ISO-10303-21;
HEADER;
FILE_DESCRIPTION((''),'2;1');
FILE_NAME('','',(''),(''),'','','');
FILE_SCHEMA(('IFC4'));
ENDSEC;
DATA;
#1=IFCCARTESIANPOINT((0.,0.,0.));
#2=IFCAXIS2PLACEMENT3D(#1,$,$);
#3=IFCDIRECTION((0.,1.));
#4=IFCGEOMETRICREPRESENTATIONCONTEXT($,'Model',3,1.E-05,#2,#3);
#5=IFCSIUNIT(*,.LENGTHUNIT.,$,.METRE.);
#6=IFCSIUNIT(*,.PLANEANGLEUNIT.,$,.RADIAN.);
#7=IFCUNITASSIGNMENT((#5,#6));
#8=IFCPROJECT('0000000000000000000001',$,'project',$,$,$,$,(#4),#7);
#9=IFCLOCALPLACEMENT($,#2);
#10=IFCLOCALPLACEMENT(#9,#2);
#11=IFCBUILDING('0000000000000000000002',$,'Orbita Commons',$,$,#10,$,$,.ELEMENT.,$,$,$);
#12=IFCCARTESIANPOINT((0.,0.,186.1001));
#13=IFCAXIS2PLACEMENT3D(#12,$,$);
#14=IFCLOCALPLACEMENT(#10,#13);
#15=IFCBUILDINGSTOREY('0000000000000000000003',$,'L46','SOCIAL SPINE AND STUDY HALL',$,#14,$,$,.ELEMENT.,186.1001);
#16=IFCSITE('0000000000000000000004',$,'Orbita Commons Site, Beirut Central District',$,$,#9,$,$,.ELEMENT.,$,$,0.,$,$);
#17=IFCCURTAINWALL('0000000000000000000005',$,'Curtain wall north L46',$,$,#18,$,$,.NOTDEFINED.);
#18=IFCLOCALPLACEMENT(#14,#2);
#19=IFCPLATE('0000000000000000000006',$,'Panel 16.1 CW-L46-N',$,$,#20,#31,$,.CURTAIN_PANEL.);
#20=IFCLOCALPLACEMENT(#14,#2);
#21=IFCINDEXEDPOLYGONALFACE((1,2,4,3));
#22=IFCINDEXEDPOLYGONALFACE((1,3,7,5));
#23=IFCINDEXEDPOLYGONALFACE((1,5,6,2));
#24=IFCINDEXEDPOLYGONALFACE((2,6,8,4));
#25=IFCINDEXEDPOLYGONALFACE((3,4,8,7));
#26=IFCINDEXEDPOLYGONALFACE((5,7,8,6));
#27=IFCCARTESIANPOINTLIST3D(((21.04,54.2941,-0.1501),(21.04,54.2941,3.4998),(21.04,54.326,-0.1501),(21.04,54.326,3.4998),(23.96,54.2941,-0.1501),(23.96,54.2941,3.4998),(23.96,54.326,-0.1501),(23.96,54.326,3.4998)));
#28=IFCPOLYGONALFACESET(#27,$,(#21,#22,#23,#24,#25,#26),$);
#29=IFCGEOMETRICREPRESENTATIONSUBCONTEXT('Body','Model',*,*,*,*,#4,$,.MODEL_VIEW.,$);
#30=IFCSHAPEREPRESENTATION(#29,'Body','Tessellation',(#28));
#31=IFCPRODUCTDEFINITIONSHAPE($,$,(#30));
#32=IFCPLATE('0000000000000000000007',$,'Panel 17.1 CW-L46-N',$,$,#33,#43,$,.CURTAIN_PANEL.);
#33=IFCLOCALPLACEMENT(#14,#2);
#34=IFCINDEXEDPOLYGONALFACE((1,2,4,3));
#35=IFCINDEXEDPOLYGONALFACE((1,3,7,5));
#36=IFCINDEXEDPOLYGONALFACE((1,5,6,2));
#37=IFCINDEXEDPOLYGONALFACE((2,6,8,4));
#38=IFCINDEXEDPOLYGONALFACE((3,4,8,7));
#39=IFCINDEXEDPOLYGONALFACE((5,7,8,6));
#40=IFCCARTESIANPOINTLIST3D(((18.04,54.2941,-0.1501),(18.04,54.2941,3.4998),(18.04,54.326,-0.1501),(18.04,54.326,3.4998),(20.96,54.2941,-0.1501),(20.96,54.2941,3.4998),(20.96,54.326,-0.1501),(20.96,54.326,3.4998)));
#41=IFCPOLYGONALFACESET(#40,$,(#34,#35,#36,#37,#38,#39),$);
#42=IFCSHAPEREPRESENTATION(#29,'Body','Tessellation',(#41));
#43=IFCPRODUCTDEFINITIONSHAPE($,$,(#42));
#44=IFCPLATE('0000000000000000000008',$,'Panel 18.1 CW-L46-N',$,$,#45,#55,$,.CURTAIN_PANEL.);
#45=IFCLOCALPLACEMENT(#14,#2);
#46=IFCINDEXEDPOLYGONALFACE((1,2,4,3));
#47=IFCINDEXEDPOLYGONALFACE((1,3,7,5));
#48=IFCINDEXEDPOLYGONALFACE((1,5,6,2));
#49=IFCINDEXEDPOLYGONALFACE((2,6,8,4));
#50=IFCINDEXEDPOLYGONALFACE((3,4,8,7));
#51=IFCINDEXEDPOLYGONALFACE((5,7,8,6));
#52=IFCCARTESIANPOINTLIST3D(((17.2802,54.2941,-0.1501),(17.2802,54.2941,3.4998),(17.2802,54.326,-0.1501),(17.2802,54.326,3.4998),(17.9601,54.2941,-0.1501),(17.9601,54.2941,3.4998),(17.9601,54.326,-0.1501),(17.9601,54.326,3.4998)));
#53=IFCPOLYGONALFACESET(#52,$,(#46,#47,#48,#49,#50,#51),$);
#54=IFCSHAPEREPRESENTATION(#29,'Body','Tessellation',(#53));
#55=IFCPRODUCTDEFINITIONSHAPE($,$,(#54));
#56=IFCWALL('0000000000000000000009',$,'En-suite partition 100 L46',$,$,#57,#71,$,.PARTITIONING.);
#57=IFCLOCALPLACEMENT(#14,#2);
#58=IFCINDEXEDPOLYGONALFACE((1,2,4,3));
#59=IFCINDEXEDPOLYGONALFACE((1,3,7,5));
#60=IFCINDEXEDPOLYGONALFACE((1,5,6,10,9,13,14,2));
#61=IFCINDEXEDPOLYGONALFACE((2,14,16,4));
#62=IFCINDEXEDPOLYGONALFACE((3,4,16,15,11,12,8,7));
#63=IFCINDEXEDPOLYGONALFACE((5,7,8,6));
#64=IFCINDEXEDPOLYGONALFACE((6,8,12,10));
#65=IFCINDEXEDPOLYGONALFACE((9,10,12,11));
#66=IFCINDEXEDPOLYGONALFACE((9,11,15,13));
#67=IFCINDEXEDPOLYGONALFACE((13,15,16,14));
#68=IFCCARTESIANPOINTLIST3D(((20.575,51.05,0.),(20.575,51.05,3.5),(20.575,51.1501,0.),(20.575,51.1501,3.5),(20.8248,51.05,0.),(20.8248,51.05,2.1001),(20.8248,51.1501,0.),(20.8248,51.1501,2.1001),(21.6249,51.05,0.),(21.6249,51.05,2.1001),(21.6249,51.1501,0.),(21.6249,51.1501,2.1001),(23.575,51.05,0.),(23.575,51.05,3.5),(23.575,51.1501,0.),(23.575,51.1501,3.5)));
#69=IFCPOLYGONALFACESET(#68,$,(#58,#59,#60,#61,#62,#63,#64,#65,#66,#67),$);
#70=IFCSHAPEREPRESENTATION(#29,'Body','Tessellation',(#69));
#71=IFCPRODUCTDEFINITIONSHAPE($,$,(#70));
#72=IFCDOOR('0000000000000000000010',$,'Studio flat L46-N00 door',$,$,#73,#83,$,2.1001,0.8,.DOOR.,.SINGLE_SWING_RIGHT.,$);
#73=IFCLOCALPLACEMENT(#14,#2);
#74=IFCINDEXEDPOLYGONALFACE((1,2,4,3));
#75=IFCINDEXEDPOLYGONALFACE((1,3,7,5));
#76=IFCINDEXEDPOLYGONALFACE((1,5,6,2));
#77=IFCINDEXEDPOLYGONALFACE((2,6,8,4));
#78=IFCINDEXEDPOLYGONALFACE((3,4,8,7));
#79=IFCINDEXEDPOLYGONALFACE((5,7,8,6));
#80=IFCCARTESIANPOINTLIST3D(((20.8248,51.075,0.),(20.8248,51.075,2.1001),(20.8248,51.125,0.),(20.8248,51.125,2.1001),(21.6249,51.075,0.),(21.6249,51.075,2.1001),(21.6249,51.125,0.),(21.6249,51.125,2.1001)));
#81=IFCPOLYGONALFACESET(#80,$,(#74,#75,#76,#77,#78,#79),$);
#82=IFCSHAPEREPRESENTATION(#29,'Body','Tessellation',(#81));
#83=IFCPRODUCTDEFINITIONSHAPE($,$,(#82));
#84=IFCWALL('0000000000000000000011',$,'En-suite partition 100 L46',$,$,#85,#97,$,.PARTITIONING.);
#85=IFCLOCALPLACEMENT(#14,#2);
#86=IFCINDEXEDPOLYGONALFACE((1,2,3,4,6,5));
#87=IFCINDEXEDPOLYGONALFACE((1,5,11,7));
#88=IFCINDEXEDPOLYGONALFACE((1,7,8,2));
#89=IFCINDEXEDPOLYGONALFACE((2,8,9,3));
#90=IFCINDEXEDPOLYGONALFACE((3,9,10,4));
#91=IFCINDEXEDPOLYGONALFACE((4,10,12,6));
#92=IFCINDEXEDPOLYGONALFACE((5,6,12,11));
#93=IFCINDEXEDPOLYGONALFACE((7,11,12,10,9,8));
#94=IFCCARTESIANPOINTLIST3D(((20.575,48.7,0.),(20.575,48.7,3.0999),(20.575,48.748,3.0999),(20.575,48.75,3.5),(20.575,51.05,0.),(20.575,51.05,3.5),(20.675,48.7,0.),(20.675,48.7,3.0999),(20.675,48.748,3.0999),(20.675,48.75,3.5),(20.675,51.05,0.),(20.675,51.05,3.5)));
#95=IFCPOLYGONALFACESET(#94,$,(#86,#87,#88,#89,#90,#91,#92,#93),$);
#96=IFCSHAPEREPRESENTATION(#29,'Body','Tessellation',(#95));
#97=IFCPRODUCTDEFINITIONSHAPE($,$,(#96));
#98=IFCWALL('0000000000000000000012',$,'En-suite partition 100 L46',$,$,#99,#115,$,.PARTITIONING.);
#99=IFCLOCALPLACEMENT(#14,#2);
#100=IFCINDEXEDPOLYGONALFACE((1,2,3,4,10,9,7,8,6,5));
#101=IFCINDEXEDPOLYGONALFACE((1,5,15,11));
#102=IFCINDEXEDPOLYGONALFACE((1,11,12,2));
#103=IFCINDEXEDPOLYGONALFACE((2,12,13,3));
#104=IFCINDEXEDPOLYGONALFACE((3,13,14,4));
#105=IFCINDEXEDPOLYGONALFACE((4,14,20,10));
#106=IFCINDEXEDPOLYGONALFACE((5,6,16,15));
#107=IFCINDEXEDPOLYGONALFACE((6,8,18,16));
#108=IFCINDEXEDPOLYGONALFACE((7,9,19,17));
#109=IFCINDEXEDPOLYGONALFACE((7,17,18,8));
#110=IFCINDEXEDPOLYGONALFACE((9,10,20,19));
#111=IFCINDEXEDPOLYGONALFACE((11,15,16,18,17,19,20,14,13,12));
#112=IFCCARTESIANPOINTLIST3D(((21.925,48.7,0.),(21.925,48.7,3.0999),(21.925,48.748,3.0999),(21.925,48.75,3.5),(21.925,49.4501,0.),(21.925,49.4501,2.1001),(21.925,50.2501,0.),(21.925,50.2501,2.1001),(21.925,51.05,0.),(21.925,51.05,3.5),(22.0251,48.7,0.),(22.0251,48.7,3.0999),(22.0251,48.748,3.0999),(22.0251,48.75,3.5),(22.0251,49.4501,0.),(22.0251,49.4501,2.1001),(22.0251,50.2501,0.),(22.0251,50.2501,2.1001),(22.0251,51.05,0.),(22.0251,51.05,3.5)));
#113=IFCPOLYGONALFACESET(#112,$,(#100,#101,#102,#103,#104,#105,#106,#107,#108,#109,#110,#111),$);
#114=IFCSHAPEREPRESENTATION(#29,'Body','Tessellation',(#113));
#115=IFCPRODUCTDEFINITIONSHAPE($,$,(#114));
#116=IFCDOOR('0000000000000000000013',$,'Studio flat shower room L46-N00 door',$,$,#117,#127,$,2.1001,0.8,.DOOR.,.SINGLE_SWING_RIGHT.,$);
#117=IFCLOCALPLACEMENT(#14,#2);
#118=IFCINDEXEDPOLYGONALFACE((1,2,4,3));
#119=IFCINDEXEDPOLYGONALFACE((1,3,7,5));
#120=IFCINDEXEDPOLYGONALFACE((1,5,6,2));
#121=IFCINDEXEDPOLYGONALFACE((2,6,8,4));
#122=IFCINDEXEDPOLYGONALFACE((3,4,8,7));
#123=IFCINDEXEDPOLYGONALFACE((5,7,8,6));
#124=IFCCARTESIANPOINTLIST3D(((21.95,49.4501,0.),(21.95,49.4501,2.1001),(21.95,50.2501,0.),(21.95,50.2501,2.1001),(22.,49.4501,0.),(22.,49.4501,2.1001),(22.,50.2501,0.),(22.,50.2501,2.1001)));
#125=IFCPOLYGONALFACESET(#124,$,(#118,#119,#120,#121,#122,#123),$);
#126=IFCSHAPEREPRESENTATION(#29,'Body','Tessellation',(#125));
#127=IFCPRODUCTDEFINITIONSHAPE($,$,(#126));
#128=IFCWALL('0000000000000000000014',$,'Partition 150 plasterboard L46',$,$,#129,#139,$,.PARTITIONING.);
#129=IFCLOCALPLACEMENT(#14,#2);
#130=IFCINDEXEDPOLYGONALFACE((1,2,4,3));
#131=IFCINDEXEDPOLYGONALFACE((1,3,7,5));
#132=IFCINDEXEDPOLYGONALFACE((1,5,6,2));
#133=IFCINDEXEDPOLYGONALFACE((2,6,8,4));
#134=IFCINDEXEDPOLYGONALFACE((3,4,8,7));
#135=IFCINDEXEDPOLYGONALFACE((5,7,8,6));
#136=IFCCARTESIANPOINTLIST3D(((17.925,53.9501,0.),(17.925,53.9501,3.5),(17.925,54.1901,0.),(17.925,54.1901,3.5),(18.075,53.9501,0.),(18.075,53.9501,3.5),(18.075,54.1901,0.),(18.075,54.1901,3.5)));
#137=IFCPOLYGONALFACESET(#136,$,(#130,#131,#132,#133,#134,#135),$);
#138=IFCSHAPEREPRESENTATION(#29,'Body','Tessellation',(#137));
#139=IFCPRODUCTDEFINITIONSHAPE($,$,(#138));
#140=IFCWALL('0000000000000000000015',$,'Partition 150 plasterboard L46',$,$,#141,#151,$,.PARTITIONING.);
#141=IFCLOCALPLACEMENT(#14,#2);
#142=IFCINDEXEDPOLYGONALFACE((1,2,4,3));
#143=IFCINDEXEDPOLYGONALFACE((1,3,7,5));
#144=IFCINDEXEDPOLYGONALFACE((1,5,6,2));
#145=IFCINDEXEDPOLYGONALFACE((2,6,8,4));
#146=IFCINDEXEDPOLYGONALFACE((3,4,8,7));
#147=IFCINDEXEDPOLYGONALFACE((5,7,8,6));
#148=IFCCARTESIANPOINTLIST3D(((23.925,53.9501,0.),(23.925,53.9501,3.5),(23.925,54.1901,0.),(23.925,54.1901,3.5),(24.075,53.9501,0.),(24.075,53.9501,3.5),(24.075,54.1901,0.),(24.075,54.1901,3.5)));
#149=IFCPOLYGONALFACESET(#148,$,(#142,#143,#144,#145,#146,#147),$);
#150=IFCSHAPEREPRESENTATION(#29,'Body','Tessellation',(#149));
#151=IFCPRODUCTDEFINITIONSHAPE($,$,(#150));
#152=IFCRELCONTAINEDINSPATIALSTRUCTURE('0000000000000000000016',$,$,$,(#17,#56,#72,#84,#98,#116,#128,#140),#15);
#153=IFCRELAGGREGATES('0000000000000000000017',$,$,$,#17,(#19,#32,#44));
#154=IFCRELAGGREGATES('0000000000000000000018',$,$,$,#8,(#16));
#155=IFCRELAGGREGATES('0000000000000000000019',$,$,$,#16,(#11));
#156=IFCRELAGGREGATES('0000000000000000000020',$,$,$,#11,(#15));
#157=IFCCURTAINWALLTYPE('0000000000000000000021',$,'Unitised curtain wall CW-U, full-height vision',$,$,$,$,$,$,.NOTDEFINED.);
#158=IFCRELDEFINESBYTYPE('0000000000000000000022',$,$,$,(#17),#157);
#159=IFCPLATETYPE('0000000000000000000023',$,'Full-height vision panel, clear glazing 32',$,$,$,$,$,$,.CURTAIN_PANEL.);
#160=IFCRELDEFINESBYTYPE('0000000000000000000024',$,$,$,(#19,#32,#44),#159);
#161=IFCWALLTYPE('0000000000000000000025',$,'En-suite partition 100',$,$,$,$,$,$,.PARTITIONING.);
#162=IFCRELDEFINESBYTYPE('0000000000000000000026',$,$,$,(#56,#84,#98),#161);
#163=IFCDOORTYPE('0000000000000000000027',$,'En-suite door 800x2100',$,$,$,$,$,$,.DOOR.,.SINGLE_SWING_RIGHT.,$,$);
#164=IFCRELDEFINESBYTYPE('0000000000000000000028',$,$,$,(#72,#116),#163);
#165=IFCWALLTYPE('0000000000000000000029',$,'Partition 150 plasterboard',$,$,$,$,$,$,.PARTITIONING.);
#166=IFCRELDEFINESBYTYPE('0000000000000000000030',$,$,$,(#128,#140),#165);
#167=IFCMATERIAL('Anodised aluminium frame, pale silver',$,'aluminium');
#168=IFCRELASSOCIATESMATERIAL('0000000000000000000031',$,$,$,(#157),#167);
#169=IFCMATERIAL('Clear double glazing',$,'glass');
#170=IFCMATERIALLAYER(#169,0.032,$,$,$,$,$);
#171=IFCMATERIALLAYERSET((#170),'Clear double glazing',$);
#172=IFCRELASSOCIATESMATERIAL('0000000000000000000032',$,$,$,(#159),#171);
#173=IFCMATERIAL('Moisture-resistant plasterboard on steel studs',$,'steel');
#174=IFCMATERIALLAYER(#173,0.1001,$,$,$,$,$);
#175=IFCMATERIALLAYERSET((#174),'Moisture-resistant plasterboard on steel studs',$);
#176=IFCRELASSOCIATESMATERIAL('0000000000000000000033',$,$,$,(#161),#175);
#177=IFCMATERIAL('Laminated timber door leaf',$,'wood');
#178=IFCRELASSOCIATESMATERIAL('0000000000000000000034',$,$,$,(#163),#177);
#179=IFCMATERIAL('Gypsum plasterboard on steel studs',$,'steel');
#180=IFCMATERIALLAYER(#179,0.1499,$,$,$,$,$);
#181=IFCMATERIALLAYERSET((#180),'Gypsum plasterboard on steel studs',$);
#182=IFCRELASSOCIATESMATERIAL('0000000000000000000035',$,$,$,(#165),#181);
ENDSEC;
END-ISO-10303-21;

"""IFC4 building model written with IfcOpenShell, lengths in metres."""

from ifc_helpers import new_model, si_unit, direction, frame, frame_2d, origin, origin_2d, place, context, subcontext, project, spatial, polyline, rectangle, outline, extrude, material, layer, layer_set, type_object, element, fill, aggregate, save


model = new_model("IFC4")

# Units and contexts
model_context = context("Model", 3, precision=1e-05, world=origin(), true_north=direction((0.0, 1.0)))
body_context = subcontext(model_context, "Body", "Model", "MODEL_VIEW")
ifc_project = project(units=[si_unit("LENGTHUNIT", "METRE"), si_unit("PLANEANGLEUNIT", "RADIAN")], contexts=[model_context])

# Site, building, storey
site_placement = place(None, origin())
site = spatial("IfcSite", under=ifc_project, at=site_placement, Name="Orbita Commons Site, Beirut Central District", CompositionType="ELEMENT", RefElevation=0.0)
building_placement = place(site_placement, origin())
building = spatial("IfcBuilding", under=site, at=building_placement, Name="Orbita Commons", CompositionType="ELEMENT")
storey_placement = place(building_placement, frame((0.0, 0.0, 186.1001)))
storey = spatial("IfcBuildingStorey", under=building, at=storey_placement, Name="L46", Description="SOCIAL SPINE AND STUDY HALL", CompositionType="ELEMENT", Elevation=186.1001)

# Curtain wall
ifc_material_1 = material(Name="Anodised aluminium frame, pale silver", Category="aluminium")
curtain_wall_type = type_object("IfcCurtainWallType", Name="Unitised curtain wall CW-U, full-height vision", PredefinedType="NOTDEFINED", material=ifc_material_1)
curtain_wall_placement = place(storey_placement, origin())
curtain_wall = element("IfcCurtainWall", 1, at=curtain_wall_placement, inside=storey, type_object=curtain_wall_type, Name="Curtain wall north L46", PredefinedType="NOTDEFINED")

# Plates
ifc_material_2 = material(Name="Clear double glazing", Category="glass")
ifc_layer_1 = layer(ifc_material_2, 0.032)
ifc_layer_set_1 = layer_set([ifc_layer_1], Name="Clear double glazing")
plate_type = type_object("IfcPlateType", Name="Full-height vision panel, clear glazing 32", PredefinedType="CURTAIN_PANEL", material=ifc_layer_set_1)
plate_1_placement = place(storey_placement, frame((22.5, 54.3101, -0.1501), z_axis=(0.0, 0.0, 1.0), x_axis=(-1.0, 0.0, 0.0)))
plate_1 = element("IfcPlate", 2, at=plate_1_placement, type_object=plate_type, Name="Panel 16.1 CW-L46-N", PredefinedType="CURTAIN_PANEL", context=body_context, shape_type="SweptSolid", body=[
    extrude(rectangle(XDim=2.9199, YDim=0.032, at=origin_2d()), origin(), (0.0, 0.0, 1.0), 3.6499),
])
plate_2_placement = place(storey_placement, frame((19.5, 54.3101, -0.1501), z_axis=(0.0, 0.0, 1.0), x_axis=(-1.0, 0.0, 0.0)))
plate_2 = element("IfcPlate", 3, at=plate_2_placement, type_object=plate_type, Name="Panel 17.1 CW-L46-N", PredefinedType="CURTAIN_PANEL", context=body_context, shape_type="SweptSolid", body=[
    extrude(rectangle(XDim=2.9199, YDim=0.032, at=origin_2d()), origin(), (0.0, 0.0, 1.0), 3.6499),
])
plate_3_placement = place(storey_placement, frame((17.6201, 54.3101, -0.1501), z_axis=(0.0, 0.0, 1.0), x_axis=(-1.0, 0.0, 0.0)))
plate_3 = element("IfcPlate", 4, at=plate_3_placement, type_object=plate_type, Name="Panel 18.1 CW-L46-N", PredefinedType="CURTAIN_PANEL", context=body_context, shape_type="SweptSolid", body=[
    extrude(rectangle(XDim=0.6799, YDim=0.032, at=origin_2d()), origin(), (0.0, 0.0, 1.0), 3.6499),
])
aggregate(curtain_wall, [plate_1, plate_2, plate_3])

# Wall, opening, door
ifc_material_3 = material(Name="Moisture-resistant plasterboard on steel studs", Category="steel")
ifc_layer_2 = layer(ifc_material_3, 0.1001)
ifc_layer_set_2 = layer_set([ifc_layer_2], Name="Moisture-resistant plasterboard on steel studs")
wall_type_1 = type_object("IfcWallType", Name="En-suite partition 100", PredefinedType="PARTITIONING", material=ifc_layer_set_2)
wall_1_placement = place(storey_placement, frame((20.575, 51.1001, 0.0), z_axis=(0.0, 0.0, 1.0), x_axis=(1.0, 0.0, 0.0)))
wall_1 = element("IfcWall", 5, at=wall_1_placement, inside=storey, type_object=wall_type_1, Name="En-suite partition 100 L46", PredefinedType="PARTITIONING", context=body_context, shape_type="SweptSolid", body=[
    extrude(rectangle(XDim=3.0, YDim=0.1001, at=frame_2d((1.5, 0.0))), origin(), (0.0, 0.0, 1.0), 3.5),
])
opening_1_placement = place(wall_1_placement, frame((0.25, 0.0, 0.0)))
opening_1 = element("IfcOpeningElement", 6, at=opening_1_placement, cuts=wall_1, PredefinedType="OPENING", context=body_context, shape_type="SweptSolid", body=[
    extrude(rectangle(XDim=0.8, YDim=2.1001, at=frame_2d((0.3999, 1.05))), frame((0.0, 0.0601, 0.0), z_axis=(0.0, -1.0, 0.0), x_axis=(1.0, 0.0, 0.0)), (0.0, 0.0, 1.0), 0.1201),
])
ifc_material_4 = material(Name="Laminated timber door leaf", Category="wood")
door_type = type_object("IfcDoorType", Name="En-suite door 800x2100", OperationType="SINGLE_SWING_RIGHT", PredefinedType="DOOR", material=ifc_material_4)
door_1_placement = place(opening_1_placement, origin())
door_1 = element("IfcDoor", 7, at=door_1_placement, inside=storey, type_object=door_type, Name="Studio flat L46-N00 door", OperationType="SINGLE_SWING_RIGHT", OverallHeight=2.1001, OverallWidth=0.8, PredefinedType="DOOR", context=body_context, shape_type="SweptSolid", body=[
    extrude(rectangle(XDim=0.8, YDim=2.1001, at=frame_2d((0.3999, 1.05))), frame((0.0, 0.0249, 0.0), z_axis=(0.0, -1.0, 0.0), x_axis=(1.0, 0.0, 0.0)), (0.0, 0.0, 1.0), 0.05),
])
fill(opening_1, door_1)

# Wall
wall_2_placement = place(storey_placement, frame((20.625, 51.05, 0.0), z_axis=(0.0, 0.0, 1.0), x_axis=(0.0, -1.0, 0.0)))
element("IfcWall", 8, at=wall_2_placement, inside=storey, type_object=wall_type_1, Name="En-suite partition 100 L46", PredefinedType="PARTITIONING", context=body_context, shape_type="SweptSolid", body=[
    extrude(outline(polyline([(0.0, 0.0), (2.3501, 0.0), (2.3501, 3.0999), (2.302, 3.0999), (2.3, 3.5), (0.0, 3.5), (0.0, 0.0)])), frame((0.0, 0.05, 0.0), z_axis=(0.0, -1.0, 0.0), x_axis=(1.0, 0.0, 0.0)), (0.0, 0.0, 1.0), 0.1001),
])

# Wall, opening, door
wall_3_placement = place(storey_placement, frame((21.9751, 51.05, 0.0), z_axis=(0.0, 0.0, 1.0), x_axis=(0.0, -1.0, 0.0)))
wall_3 = element("IfcWall", 9, at=wall_3_placement, inside=storey, type_object=wall_type_1, Name="En-suite partition 100 L46", PredefinedType="PARTITIONING", context=body_context, shape_type="SweptSolid", body=[
    extrude(outline(polyline([(0.0, 0.0), (2.3501, 0.0), (2.3501, 3.0999), (2.302, 3.0999), (2.3, 3.5), (0.0, 3.5), (0.0, 0.0)])), frame((0.0, 0.05, 0.0), z_axis=(0.0, -1.0, 0.0), x_axis=(1.0, 0.0, 0.0)), (0.0, 0.0, 1.0), 0.1001),
])
opening_2_placement = place(wall_3_placement, frame((0.8, 0.0, 0.0)))
opening_2 = element("IfcOpeningElement", 10, at=opening_2_placement, cuts=wall_3, PredefinedType="OPENING", context=body_context, shape_type="SweptSolid", body=[
    extrude(rectangle(XDim=0.8, YDim=2.1001, at=frame_2d((0.3999, 1.05))), frame((0.0, 0.0601, 0.0), z_axis=(0.0, -1.0, 0.0), x_axis=(1.0, 0.0, 0.0)), (0.0, 0.0, 1.0), 0.1201),
])
door_2_placement = place(opening_2_placement, origin())
door_2 = element("IfcDoor", 11, at=door_2_placement, inside=storey, type_object=door_type, Name="Studio flat shower room L46-N00 door", OperationType="SINGLE_SWING_RIGHT", OverallHeight=2.1001, OverallWidth=0.8, PredefinedType="DOOR", context=body_context, shape_type="SweptSolid", body=[
    extrude(rectangle(XDim=0.8, YDim=2.1001, at=frame_2d((0.3999, 1.05))), frame((0.0, 0.0249, 0.0), z_axis=(0.0, -1.0, 0.0), x_axis=(1.0, 0.0, 0.0)), (0.0, 0.0, 1.0), 0.05),
])
fill(opening_2, door_2)

# Walls
ifc_material_5 = material(Name="Gypsum plasterboard on steel studs", Category="steel")
ifc_layer_3 = layer(ifc_material_5, 0.1499)
ifc_layer_set_3 = layer_set([ifc_layer_3], Name="Gypsum plasterboard on steel studs")
wall_type_2 = type_object("IfcWallType", Name="Partition 150 plasterboard", PredefinedType="PARTITIONING", material=ifc_layer_set_3)
for number, where, z_axis, x_axis, name in (
    (12, (18.0, 53.95, 0.0), (0.0, 0.0, 1.0), (0.0, 1.0, 0.0), "Partition 150 plasterboard L46"),
    (13, (24.0, 53.95, 0.0), (0.0, 0.0, 1.0), (0.0, 1.0, 0.0), "Partition 150 plasterboard L46"),
):
    element("IfcWall", number, at=place(storey_placement, frame(where, z_axis=z_axis, x_axis=x_axis)), inside=storey, type_object=wall_type_2, Name=name, PredefinedType="PARTITIONING", context=body_context, shape_type="SweptSolid", body=[
        extrude(rectangle(XDim=0.24, YDim=0.1499, at=frame_2d((0.1201, 0.0))), origin(), (0.0, 0.0, 1.0), 3.5),
    ])

save(model, "model.ifc")
